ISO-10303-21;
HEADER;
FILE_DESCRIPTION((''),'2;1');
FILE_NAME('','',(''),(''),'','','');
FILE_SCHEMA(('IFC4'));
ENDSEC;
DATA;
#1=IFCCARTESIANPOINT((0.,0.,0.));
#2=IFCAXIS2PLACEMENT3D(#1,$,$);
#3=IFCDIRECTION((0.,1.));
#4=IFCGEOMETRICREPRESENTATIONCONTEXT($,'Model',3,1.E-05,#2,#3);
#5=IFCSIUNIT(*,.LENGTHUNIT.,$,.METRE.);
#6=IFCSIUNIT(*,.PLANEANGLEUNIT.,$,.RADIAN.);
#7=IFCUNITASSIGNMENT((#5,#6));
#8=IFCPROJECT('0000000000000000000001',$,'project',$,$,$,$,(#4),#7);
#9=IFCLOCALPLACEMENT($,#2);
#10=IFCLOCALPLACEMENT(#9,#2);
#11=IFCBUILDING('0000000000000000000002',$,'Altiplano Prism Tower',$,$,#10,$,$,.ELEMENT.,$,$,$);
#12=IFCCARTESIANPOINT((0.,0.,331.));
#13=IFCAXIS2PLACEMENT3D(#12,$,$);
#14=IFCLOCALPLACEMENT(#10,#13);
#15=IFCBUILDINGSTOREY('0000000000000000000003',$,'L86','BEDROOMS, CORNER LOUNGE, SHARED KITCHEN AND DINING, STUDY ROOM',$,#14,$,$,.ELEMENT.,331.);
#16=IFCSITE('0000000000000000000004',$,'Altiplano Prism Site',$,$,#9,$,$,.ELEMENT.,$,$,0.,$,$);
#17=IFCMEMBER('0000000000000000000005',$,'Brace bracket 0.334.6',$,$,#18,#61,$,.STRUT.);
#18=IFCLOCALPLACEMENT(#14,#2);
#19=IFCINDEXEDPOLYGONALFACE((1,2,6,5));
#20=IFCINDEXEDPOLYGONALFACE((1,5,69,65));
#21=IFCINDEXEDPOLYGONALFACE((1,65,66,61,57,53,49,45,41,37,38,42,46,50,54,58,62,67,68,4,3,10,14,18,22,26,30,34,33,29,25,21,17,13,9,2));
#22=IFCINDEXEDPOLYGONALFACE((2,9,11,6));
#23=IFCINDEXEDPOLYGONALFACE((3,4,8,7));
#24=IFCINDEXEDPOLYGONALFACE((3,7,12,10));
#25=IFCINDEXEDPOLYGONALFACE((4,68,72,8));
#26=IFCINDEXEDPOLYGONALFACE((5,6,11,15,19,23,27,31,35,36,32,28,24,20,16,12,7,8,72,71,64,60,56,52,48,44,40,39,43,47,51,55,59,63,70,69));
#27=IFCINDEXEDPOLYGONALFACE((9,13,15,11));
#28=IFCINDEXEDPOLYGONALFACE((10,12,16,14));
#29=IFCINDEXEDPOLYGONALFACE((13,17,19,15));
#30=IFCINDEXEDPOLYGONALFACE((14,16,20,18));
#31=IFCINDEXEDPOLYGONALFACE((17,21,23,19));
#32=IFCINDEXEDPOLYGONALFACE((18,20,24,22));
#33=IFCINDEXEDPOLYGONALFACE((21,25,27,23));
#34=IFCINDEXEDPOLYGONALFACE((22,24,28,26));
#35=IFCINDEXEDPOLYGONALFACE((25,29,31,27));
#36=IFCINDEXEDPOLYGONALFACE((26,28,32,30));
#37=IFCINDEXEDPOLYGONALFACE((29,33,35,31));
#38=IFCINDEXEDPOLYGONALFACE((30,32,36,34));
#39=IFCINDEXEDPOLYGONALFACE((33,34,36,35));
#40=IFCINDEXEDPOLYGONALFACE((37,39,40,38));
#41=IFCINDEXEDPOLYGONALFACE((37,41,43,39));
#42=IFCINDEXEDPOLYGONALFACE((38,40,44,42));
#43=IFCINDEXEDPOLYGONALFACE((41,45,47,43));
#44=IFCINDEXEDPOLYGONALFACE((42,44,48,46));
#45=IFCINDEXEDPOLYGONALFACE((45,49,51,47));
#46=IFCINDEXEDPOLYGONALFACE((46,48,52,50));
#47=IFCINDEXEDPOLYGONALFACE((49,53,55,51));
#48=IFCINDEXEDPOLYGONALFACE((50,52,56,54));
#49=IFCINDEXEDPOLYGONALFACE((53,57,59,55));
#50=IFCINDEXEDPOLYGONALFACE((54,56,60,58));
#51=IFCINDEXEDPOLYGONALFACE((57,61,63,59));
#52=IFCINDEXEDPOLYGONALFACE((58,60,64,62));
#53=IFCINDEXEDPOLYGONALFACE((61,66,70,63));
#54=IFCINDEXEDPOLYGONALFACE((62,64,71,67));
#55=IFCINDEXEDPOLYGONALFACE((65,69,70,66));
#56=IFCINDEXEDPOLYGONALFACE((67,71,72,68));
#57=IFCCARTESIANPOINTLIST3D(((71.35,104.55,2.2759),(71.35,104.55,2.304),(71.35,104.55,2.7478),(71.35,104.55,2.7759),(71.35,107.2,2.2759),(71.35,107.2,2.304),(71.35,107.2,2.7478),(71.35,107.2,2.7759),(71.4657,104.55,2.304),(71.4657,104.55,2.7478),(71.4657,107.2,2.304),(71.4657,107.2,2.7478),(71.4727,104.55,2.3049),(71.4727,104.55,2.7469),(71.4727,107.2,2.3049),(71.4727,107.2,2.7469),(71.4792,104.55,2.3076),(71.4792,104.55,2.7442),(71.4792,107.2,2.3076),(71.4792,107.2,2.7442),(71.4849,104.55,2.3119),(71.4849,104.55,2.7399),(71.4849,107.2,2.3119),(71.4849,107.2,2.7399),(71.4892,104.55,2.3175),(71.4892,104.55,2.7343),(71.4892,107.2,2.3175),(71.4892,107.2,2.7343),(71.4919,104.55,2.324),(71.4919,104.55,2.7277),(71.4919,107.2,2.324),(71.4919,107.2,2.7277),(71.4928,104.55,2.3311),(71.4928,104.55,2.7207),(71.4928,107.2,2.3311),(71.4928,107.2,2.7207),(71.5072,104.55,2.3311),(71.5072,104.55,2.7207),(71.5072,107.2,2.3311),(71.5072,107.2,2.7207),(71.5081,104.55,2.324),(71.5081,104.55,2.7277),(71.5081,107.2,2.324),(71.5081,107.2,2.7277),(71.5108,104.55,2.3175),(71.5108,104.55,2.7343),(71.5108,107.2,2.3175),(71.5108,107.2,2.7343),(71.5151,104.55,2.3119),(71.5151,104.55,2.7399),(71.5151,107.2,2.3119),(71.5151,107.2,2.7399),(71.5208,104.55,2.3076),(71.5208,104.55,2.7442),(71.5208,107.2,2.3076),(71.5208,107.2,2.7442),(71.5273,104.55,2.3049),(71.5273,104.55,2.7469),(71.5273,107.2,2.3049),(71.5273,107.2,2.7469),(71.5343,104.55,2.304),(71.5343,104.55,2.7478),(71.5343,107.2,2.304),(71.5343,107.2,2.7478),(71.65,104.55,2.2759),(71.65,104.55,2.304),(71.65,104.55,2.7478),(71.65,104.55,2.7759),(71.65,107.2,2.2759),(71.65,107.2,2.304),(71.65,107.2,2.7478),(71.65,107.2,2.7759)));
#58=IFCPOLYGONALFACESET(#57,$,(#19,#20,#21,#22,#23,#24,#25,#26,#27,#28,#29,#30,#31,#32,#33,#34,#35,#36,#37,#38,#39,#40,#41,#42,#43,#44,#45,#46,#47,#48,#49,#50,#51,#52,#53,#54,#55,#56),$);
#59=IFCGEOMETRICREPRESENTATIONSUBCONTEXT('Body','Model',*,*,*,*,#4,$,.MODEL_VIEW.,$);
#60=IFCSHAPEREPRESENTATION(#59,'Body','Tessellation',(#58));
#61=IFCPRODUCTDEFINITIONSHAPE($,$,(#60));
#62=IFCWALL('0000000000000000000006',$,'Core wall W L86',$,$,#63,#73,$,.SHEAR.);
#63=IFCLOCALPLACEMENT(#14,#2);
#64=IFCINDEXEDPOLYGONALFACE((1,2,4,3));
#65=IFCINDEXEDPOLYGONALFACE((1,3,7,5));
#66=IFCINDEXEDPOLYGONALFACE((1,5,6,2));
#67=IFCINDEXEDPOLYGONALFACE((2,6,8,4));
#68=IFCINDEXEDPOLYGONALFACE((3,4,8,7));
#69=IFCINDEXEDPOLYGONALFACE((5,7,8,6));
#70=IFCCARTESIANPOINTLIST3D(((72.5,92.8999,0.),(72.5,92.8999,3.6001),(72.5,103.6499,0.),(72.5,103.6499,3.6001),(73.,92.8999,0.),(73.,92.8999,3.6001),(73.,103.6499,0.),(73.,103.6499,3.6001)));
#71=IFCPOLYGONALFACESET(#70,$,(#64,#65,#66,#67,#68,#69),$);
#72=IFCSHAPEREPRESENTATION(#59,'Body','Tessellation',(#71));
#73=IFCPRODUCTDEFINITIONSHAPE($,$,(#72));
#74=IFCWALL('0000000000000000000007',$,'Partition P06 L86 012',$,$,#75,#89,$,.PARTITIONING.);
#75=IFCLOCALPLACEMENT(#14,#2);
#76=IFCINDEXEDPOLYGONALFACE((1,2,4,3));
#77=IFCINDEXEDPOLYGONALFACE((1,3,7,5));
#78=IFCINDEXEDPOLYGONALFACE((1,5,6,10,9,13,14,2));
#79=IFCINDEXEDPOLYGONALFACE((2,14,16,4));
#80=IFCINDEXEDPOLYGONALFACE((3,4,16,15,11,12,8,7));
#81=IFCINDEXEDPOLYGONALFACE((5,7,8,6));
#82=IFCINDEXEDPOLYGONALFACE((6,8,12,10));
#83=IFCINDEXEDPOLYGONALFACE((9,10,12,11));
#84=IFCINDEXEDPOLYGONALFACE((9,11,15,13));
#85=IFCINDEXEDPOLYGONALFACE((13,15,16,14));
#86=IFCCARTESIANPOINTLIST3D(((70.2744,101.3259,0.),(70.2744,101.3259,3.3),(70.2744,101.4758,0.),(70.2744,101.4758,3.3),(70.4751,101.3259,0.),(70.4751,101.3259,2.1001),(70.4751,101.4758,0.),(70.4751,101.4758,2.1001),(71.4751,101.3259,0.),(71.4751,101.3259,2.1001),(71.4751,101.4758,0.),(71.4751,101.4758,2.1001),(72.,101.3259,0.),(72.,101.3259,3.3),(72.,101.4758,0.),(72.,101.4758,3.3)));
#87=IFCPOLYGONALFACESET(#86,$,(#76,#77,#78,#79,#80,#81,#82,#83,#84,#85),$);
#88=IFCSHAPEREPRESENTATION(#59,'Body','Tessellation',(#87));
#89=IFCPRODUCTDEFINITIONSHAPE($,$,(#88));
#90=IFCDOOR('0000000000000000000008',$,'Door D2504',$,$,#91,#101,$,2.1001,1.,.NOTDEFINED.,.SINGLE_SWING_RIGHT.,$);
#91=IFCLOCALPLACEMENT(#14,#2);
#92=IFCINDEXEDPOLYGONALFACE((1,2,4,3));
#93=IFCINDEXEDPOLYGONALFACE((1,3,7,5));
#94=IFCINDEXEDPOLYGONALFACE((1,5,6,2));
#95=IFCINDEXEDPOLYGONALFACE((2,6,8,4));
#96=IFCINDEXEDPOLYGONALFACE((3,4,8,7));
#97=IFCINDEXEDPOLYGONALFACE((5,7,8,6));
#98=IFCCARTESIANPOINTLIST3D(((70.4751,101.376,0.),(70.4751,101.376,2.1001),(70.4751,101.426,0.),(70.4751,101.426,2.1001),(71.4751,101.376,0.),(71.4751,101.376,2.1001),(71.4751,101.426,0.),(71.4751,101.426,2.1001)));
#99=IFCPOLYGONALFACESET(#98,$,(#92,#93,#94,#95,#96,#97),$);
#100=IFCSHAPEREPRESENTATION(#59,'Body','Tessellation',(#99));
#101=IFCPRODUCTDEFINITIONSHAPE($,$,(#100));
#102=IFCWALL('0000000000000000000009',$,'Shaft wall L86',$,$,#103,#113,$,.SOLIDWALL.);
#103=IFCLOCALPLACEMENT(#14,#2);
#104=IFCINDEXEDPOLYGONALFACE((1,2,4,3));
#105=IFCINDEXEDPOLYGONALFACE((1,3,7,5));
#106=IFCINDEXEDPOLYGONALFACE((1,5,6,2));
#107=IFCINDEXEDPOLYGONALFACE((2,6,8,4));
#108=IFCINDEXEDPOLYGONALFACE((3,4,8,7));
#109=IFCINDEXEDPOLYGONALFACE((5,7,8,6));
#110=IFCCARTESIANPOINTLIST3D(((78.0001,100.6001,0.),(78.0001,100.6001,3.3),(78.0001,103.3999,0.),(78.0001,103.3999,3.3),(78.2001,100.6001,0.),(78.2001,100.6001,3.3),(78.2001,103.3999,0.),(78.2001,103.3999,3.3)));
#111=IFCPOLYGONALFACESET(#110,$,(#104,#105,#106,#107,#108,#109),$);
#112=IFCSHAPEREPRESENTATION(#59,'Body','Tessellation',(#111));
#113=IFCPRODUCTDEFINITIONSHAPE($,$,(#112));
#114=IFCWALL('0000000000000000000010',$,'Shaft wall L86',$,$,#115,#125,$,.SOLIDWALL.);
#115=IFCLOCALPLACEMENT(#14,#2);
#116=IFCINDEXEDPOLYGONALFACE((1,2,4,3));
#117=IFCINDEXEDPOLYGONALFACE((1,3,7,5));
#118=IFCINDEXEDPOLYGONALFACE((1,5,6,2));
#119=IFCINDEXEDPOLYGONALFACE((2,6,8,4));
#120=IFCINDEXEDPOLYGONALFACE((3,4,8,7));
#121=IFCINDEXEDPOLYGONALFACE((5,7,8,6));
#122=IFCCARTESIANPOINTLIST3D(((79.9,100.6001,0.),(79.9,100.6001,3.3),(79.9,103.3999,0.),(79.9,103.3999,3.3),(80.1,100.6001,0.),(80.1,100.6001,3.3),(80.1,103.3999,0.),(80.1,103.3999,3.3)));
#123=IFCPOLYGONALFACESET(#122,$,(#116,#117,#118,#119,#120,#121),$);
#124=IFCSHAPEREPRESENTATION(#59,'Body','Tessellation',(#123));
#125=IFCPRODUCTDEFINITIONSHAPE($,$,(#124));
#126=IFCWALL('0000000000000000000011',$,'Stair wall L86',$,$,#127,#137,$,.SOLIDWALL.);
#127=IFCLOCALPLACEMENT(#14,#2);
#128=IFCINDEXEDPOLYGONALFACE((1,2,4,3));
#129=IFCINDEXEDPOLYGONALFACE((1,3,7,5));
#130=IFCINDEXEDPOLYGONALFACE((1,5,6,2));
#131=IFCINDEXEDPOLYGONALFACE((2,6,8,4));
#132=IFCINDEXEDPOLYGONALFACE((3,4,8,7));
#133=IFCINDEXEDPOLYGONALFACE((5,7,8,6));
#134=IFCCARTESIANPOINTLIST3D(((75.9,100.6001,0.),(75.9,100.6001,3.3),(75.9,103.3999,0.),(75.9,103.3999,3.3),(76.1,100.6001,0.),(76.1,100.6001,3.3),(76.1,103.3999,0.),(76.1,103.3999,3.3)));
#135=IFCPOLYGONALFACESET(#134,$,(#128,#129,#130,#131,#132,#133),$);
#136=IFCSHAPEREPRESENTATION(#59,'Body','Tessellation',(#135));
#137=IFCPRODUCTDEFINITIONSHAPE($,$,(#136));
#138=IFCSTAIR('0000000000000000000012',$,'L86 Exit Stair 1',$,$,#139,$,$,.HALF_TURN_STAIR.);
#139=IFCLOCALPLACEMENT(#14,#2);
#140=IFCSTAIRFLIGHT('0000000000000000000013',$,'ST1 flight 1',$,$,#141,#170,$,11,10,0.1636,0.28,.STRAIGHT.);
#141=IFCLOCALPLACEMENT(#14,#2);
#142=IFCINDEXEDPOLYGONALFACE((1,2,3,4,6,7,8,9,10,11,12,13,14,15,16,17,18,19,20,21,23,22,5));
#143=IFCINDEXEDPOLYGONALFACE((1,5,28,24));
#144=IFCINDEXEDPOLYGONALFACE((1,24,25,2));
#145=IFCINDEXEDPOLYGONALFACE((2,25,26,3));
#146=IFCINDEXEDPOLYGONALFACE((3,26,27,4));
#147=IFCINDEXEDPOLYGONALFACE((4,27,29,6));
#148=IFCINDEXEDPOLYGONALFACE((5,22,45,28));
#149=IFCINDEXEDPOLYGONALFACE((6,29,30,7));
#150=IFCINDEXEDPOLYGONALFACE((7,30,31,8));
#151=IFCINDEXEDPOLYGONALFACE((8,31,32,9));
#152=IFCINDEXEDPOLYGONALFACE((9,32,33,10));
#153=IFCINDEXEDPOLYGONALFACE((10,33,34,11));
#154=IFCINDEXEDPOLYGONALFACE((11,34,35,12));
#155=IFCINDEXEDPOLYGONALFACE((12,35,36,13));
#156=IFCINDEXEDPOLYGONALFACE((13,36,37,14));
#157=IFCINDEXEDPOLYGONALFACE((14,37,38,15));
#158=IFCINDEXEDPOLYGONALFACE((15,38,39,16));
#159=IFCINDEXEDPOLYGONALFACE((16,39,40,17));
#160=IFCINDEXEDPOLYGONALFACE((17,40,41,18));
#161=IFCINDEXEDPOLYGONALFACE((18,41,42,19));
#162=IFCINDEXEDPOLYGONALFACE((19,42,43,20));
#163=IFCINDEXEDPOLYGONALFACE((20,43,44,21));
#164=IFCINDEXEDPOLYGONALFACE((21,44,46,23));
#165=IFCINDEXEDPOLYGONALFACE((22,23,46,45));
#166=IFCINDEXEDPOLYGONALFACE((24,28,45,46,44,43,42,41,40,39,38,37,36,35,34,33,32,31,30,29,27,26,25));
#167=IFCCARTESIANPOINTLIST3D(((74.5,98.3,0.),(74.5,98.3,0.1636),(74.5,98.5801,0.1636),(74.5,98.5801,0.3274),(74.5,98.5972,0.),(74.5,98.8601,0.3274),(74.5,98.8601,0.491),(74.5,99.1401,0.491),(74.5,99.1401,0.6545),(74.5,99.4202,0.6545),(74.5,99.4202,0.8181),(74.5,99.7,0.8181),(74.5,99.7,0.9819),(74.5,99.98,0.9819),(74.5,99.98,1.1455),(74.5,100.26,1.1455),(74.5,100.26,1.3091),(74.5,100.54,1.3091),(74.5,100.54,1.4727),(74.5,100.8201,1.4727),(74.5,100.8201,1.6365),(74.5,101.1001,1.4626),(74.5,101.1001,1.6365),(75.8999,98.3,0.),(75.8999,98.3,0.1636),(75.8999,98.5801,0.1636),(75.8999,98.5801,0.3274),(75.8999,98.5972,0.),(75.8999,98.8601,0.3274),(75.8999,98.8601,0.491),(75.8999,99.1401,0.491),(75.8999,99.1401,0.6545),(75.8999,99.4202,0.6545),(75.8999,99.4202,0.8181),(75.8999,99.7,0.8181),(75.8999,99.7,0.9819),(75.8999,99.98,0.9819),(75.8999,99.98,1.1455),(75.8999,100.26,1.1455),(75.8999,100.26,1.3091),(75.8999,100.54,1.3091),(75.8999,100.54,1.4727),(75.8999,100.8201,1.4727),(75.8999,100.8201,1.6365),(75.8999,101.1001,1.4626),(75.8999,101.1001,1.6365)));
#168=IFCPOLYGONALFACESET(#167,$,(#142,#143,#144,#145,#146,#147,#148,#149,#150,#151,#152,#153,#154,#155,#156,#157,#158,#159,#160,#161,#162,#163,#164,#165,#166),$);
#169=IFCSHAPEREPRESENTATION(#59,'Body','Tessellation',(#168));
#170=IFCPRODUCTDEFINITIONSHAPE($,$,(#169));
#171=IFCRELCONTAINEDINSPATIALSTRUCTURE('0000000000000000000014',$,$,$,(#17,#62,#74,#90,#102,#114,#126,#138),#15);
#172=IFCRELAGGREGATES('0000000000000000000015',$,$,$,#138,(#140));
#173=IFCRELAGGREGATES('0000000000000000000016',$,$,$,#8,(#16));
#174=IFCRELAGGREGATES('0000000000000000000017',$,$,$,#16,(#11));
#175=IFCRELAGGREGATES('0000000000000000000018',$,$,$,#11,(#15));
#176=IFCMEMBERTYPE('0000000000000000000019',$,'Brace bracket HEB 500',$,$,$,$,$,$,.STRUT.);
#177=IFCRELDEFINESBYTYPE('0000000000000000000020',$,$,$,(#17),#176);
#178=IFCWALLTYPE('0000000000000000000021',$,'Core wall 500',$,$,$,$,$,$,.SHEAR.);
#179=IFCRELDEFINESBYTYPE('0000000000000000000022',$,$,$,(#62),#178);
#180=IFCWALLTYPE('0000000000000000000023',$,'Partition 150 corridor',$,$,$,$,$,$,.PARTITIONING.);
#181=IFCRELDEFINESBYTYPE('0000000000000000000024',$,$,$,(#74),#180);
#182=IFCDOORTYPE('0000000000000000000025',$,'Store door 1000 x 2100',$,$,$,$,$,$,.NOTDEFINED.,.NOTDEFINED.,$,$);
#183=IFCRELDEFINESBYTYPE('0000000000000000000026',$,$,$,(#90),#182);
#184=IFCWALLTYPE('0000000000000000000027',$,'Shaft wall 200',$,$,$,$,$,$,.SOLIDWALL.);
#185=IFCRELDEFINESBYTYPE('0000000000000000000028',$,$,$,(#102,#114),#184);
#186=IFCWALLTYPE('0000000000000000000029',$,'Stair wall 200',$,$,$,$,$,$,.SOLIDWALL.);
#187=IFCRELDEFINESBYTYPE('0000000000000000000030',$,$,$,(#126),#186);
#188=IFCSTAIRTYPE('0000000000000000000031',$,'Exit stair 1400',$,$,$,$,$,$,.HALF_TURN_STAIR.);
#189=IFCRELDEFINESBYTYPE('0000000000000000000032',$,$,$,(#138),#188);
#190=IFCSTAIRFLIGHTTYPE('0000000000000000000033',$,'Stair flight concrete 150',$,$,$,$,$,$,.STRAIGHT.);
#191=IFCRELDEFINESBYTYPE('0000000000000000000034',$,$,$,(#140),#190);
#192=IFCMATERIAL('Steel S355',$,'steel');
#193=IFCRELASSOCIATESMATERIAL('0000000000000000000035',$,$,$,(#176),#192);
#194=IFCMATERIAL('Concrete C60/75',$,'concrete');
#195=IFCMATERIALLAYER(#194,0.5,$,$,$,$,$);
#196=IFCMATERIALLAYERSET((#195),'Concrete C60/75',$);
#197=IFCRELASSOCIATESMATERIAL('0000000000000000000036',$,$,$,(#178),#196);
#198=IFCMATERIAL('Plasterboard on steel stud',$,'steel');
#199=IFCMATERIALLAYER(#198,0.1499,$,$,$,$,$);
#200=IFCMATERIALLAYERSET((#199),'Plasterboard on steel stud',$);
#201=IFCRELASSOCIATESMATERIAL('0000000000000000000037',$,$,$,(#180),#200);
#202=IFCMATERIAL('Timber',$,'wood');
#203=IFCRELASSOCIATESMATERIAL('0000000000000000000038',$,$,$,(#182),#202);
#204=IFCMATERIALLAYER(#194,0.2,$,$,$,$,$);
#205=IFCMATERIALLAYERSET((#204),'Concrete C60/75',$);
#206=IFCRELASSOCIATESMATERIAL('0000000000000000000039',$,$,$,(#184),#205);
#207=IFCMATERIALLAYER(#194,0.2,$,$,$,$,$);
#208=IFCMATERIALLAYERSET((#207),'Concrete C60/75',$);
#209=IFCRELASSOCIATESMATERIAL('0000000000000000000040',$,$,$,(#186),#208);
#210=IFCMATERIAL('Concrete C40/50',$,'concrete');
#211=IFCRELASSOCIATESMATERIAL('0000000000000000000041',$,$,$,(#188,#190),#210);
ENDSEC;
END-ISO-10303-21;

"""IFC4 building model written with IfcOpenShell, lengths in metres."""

from ifc_helpers import new_model, si_unit, direction, frame, frame_2d, origin, origin_2d, place, context, subcontext, project, spatial, polyline, rectangle, i_section, outline, extrude, material, layer, layer_set, material_profile, profile_set, type_object, element, fill, aggregate, save


model = new_model("IFC4")

# Units and contexts
model_context = context("Model", 3, precision=1e-05, world=origin(), true_north=direction((0.0, 1.0)))
body_context = subcontext(model_context, "Body", "Model", "MODEL_VIEW")
ifc_project = project(units=[si_unit("LENGTHUNIT", "METRE"), si_unit("PLANEANGLEUNIT", "RADIAN")], contexts=[model_context])

# Site, building, storey
site_placement = place(None, origin())
site = spatial("IfcSite", under=ifc_project, at=site_placement, Name="Altiplano Prism Site", CompositionType="ELEMENT", RefElevation=0.0)
building_placement = place(site_placement, origin())
building = spatial("IfcBuilding", under=site, at=building_placement, Name="Altiplano Prism Tower", CompositionType="ELEMENT")
storey_placement = place(building_placement, frame((0.0, 0.0, 331.0)))
storey = spatial("IfcBuildingStorey", under=building, at=storey_placement, Name="L86", Description="BEDROOMS, CORNER LOUNGE, SHARED KITCHEN AND DINING, STUDY ROOM", CompositionType="ELEMENT", Elevation=331.0)

# Member
ifc_material_1 = material(Name="Steel S355", Category="steel")
ifc_material_profile = material_profile(ifc_material_1, i_section(OverallWidth=0.3, OverallDepth=0.5, WebThickness=0.0144, FlangeThickness=0.0281, FilletRadius=0.0271, at=origin_2d()), Name="Brace bracket HEB 500")
ifc_profile_set = profile_set([ifc_material_profile], Name="Steel S355")
member_type = type_object("IfcMemberType", Name="Brace bracket HEB 500", PredefinedType="STRUT", material=ifc_profile_set)
member_placement = place(storey_placement, frame((71.5, 104.55, 2.5259), z_axis=(0.0, 1.0, 0.0), x_axis=(-1.0, 0.0, 0.0)))
element("IfcMember", 1, at=member_placement, inside=storey, type_object=member_type, Name="Brace bracket 0.334.6", PredefinedType="STRUT", context=body_context, shape_type="SweptSolid", body=[
    extrude(i_section(OverallWidth=0.3, OverallDepth=0.5, WebThickness=0.0144, FlangeThickness=0.0281, FilletRadius=0.0271, at=origin_2d()), origin(), (0.0, 0.0, 1.0), 2.6499),
])

# Wall
ifc_material_2 = material(Name="Concrete C60/75", Category="concrete")
ifc_layer_1 = layer(ifc_material_2, 0.5)
ifc_layer_set_1 = layer_set([ifc_layer_1], Name="Concrete C60/75")
wall_type_1 = type_object("IfcWallType", Name="Core wall 500", PredefinedType="SHEAR", material=ifc_layer_set_1)
wall_1_placement = place(storey_placement, frame((72.75, 103.6499, 0.0), z_axis=(0.0, 0.0, 1.0), x_axis=(0.0, -1.0, 0.0)))
element("IfcWall", 2, at=wall_1_placement, inside=storey, type_object=wall_type_1, Name="Core wall W L86", PredefinedType="SHEAR", context=body_context, shape_type="SweptSolid", body=[
    extrude(rectangle(XDim=10.75, YDim=0.5, at=frame_2d((5.375, 0.0))), origin(), (0.0, 0.0, 1.0), 3.6001),
])

# Wall, opening, door
ifc_material_3 = material(Name="Plasterboard on steel stud", Category="steel")
ifc_layer_2 = layer(ifc_material_3, 0.1499)
ifc_layer_set_2 = layer_set([ifc_layer_2], Name="Plasterboard on steel stud")
wall_type_2 = type_object("IfcWallType", Name="Partition 150 corridor", PredefinedType="PARTITIONING", material=ifc_layer_set_2)
wall_2_placement = place(storey_placement, frame((72.0, 101.4009, 0.0), z_axis=(0.0, 0.0, 1.0), x_axis=(-1.0, 0.0, 0.0)))
wall_2 = element("IfcWall", 3, at=wall_2_placement, inside=storey, type_object=wall_type_2, Name="Partition P06 L86 012", PredefinedType="PARTITIONING", context=body_context, shape_type="SweptSolid", body=[
    extrude(rectangle(XDim=1.7256, YDim=0.1499, at=frame_2d((0.8628, 0.0))), origin(), (0.0, 0.0, 1.0), 3.3),
])
opening_1_placement = place(wall_2_placement, frame((0.5249, 0.0, 0.0)))
opening_1 = element("IfcOpeningElement", 4, at=opening_1_placement, cuts=wall_2, PredefinedType="OPENING", context=body_context, shape_type="SweptSolid", body=[
    extrude(rectangle(XDim=1.0, YDim=2.1001, at=frame_2d((0.5, 1.05))), frame((0.0, 0.0854, 0.0), z_axis=(0.0, -1.0, 0.0), x_axis=(1.0, 0.0, 0.0)), (0.0, 0.0, 1.0), 0.1709),
])
ifc_material_4 = material(Name="Timber", Category="wood")
door_type_1 = type_object("IfcDoorType", Name="Store door 1000 x 2100", OperationType="NOTDEFINED", PredefinedType="NOTDEFINED", material=ifc_material_4)
door_1_placement = place(opening_1_placement, origin())
door_1 = element("IfcDoor", 5, at=door_1_placement, inside=storey, type_object=door_type_1, Name="Door D2504", OperationType="SINGLE_SWING_RIGHT", OverallHeight=2.1001, OverallWidth=1.0, PredefinedType="NOTDEFINED", context=body_context, shape_type="SweptSolid", body=[
    extrude(rectangle(XDim=1.0, YDim=2.1001, at=frame_2d((0.5, 1.05))), frame((0.0, 0.0249, 0.0), z_axis=(0.0, -1.0, 0.0), x_axis=(1.0, 0.0, 0.0)), (0.0, 0.0, 1.0), 0.05),
])
fill(opening_1, door_1)

# Walls
ifc_layer_3 = layer(ifc_material_2, 0.2)
ifc_layer_set_3 = layer_set([ifc_layer_3], Name="Concrete C60/75")
wall_type_3 = type_object("IfcWallType", Name="Shaft wall 200", PredefinedType="SOLIDWALL", material=ifc_layer_set_3)
for number, where, z_axis, x_axis, name in (
    (6, (78.1001, 100.6001, 0.0), (0.0, 0.0, 1.0), (0.0, 1.0, 0.0), "Shaft wall L86"),
    (7, (80.0, 100.6001, 0.0), (0.0, 0.0, 1.0), (0.0, 1.0, 0.0), "Shaft wall L86"),
):
    element("IfcWall", number, at=place(storey_placement, frame(where, z_axis=z_axis, x_axis=x_axis)), inside=storey, type_object=wall_type_3, Name=name, PredefinedType="SOLIDWALL", context=body_context, shape_type="SweptSolid", body=[
        extrude(rectangle(XDim=2.7998, YDim=0.2, at=frame_2d((1.3999, 0.0))), origin(), (0.0, 0.0, 1.0), 3.3),
    ])

# Shared definitions
ifc_layer_4 = layer(ifc_material_2, 0.2)
ifc_layer_set_4 = layer_set([ifc_layer_4], Name="Concrete C60/75")
wall_type_4 = type_object("IfcWallType", Name="Stair wall 200", PredefinedType="SOLIDWALL", material=ifc_layer_set_4)

# Wall
wall_3_placement = place(storey_placement, frame((76.0, 100.6001, 0.0), z_axis=(0.0, 0.0, 1.0), x_axis=(0.0, 1.0, 0.0)))
element("IfcWall", 8, at=wall_3_placement, inside=storey, type_object=wall_type_4, Name="Stair wall L86", PredefinedType="SOLIDWALL", context=body_context, shape_type="SweptSolid", body=[
    extrude(rectangle(XDim=2.7998, YDim=0.2, at=frame_2d((1.3999, 0.0))), origin(), (0.0, 0.0, 1.0), 3.3),
])

# Stair, stair flight
ifc_material_5 = material(Name="Concrete C40/50", Category="concrete")
stair_type = type_object("IfcStairType", Name="Exit stair 1400", PredefinedType="HALF_TURN_STAIR", material=ifc_material_5)
stair_placement = place(storey_placement, origin())
stair = element("IfcStair", 9, at=stair_placement, inside=storey, type_object=stair_type, Name="L86 Exit Stair 1", PredefinedType="HALF_TURN_STAIR")
stair_flight_type = type_object("IfcStairFlightType", Name="Stair flight concrete 150", PredefinedType="STRAIGHT", material=ifc_material_5)
stair_flight_1_placement = place(storey_placement, frame((75.2, 98.3, 0.0), z_axis=(0.0, 0.0, 1.0), x_axis=(0.0, 1.0, 0.0)))
stair_flight_1 = element("IfcStairFlight", 10, at=stair_flight_1_placement, type_object=stair_flight_type, Name="ST1 flight 1", NumberOfRisers=11, NumberOfTreads=10, PredefinedType="STRAIGHT", RiserHeight=0.1636, TreadLength=0.28, context=body_context, shape_type="SweptSolid", body=[
    extrude(outline(polyline([(0.0, 0.0), (0.0, 0.1636), (0.28, 0.1636), (0.28, 0.3274), (0.5601, 0.3274), (0.5601, 0.491), (0.8401, 0.491), (0.8401, 0.6545), (1.1201, 0.6545), (1.1201, 0.8181), (1.3999, 0.8181), (1.3999, 0.9819), (1.6799, 0.9819), (1.6799, 1.1455), (1.96, 1.1455), (1.96, 1.3091), (2.24, 1.3091), (2.24, 1.4727), (2.52, 1.4727), (2.52, 1.6365), (2.8, 1.6365), (2.8, 1.8), (2.8, 1.4626), (0.2971, 0.0), (0.0, 0.0)])), frame((0.0, 0.7, 0.0), z_axis=(0.0, -1.0, 0.0), x_axis=(1.0, 0.0, 0.0)), (0.0, 0.0, 1.0), 1.3999),
])
aggregate(stair, [stair_flight_1])

save(model, "model.ifc")
